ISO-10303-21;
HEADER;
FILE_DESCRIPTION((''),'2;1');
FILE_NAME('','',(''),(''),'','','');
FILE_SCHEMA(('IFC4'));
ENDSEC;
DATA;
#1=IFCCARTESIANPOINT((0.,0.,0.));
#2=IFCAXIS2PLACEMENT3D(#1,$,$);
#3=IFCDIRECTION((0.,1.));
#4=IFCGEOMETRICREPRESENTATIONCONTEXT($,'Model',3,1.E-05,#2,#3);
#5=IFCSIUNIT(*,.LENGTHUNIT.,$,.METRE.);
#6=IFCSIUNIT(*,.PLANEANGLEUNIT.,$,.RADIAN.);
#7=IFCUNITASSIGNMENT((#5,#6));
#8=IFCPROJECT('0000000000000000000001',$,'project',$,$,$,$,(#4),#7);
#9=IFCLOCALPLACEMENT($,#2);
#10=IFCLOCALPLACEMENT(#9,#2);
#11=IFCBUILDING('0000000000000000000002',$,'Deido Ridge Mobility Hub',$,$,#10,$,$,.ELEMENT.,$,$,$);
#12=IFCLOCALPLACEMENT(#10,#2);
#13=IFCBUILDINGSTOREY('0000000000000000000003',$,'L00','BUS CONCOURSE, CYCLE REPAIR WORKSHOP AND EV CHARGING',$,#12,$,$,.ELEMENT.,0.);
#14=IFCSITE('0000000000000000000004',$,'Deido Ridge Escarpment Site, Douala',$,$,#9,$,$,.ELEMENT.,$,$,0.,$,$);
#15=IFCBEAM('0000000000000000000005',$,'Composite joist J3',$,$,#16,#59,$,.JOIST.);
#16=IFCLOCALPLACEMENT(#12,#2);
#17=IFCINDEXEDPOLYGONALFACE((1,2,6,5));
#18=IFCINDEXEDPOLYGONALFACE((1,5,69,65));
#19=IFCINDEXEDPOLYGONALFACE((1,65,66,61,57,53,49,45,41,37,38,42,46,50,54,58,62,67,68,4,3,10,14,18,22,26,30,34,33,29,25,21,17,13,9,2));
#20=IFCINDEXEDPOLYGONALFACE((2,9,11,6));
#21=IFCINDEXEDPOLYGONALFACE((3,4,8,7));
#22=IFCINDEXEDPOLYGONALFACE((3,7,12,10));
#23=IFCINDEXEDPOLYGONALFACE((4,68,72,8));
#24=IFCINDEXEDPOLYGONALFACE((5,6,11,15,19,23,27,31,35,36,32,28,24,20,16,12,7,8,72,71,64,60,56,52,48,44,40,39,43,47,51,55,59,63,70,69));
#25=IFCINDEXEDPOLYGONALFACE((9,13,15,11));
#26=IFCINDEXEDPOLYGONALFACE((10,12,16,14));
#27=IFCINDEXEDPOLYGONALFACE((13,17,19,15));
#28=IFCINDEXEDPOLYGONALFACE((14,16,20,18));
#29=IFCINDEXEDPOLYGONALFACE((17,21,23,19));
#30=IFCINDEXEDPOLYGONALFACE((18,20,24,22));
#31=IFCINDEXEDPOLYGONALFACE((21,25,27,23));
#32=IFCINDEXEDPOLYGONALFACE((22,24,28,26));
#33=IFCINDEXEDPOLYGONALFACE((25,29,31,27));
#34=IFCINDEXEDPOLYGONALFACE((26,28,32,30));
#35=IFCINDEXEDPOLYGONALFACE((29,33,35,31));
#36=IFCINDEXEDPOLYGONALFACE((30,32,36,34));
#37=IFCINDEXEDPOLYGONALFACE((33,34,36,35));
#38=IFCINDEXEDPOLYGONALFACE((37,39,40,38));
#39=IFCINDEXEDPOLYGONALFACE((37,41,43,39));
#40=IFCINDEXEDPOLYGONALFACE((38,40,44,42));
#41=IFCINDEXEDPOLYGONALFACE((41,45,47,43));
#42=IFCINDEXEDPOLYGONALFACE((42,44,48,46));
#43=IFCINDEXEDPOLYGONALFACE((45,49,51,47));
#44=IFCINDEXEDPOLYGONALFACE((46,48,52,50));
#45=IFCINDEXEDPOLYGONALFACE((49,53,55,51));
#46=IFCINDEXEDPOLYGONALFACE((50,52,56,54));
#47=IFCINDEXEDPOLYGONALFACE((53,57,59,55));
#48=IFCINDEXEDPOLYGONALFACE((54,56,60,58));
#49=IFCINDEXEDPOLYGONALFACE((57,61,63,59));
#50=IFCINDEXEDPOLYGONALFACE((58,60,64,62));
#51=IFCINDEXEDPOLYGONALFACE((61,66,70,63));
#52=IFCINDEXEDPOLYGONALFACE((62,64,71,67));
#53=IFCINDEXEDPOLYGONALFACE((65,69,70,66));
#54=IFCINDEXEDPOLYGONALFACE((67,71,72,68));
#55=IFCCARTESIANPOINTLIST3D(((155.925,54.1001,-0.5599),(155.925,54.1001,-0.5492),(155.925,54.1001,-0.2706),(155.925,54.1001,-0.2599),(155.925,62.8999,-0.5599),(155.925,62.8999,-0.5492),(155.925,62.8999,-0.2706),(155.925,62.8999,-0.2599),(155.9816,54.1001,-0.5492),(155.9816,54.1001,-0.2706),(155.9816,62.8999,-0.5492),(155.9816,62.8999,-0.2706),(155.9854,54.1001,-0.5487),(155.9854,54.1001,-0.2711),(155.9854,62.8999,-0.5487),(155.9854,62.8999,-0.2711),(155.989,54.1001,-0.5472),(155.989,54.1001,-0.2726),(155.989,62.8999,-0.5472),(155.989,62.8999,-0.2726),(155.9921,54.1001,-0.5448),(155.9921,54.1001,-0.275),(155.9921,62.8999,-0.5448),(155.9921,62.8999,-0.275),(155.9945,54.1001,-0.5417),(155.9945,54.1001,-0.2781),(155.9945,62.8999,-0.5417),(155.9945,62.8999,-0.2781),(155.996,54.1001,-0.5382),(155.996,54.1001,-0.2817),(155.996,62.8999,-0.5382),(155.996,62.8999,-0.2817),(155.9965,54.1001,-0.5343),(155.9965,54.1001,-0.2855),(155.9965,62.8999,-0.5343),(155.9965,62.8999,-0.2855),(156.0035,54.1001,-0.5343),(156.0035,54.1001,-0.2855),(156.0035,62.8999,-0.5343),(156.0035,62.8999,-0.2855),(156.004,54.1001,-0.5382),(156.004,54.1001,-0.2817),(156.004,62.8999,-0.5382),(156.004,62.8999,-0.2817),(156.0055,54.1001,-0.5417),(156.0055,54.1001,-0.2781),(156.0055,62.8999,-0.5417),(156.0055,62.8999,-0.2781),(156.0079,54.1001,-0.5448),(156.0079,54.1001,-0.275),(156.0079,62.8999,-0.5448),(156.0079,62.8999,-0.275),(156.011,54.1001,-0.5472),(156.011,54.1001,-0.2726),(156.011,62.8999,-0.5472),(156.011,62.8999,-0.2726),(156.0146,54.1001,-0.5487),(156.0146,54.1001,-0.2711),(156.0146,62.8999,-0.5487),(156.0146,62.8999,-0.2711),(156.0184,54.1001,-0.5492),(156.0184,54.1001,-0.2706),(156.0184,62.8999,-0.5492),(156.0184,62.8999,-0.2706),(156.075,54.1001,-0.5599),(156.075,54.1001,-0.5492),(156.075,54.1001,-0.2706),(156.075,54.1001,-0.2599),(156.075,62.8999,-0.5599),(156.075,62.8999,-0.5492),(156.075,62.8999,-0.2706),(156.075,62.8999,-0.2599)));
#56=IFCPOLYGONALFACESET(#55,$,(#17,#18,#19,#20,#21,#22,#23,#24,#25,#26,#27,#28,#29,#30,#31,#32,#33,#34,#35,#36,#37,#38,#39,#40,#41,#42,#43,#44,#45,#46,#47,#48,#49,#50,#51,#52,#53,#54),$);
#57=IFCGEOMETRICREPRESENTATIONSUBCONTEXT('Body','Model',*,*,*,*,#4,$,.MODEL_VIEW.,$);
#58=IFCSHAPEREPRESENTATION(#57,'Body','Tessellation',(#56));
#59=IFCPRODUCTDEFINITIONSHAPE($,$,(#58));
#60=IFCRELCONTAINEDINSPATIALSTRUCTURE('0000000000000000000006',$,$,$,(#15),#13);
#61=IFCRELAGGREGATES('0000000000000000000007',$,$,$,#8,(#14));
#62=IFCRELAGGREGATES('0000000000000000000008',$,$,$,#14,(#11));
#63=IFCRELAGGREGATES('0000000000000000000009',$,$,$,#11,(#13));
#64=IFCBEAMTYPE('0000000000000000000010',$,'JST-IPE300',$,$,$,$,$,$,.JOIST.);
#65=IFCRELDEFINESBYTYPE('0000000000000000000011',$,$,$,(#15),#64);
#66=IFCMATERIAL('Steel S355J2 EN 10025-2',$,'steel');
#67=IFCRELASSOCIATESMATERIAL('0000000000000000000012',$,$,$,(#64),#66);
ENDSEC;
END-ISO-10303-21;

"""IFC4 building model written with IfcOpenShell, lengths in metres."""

from ifc_helpers import new_model, si_unit, direction, frame, origin, origin_2d, place, context, subcontext, project, spatial, i_section, extrude, material, material_profile, profile_set, type_object, element, save


model = new_model("IFC4")

# Units and contexts
model_context = context("Model", 3, precision=1e-05, world=origin(), true_north=direction((0.0, 1.0)))
body_context = subcontext(model_context, "Body", "Model", "MODEL_VIEW")
ifc_project = project(units=[si_unit("LENGTHUNIT", "METRE"), si_unit("PLANEANGLEUNIT", "RADIAN")], contexts=[model_context])

# Site, building, storey
site_placement = place(None, origin())
site = spatial("IfcSite", under=ifc_project, at=site_placement, Name="Deido Ridge Escarpment Site, Douala", CompositionType="ELEMENT", RefElevation=0.0)
building_placement = place(site_placement, origin())
building = spatial("IfcBuilding", under=site, at=building_placement, Name="Deido Ridge Mobility Hub", CompositionType="ELEMENT")
storey_placement = place(building_placement, origin())
storey = spatial("IfcBuildingStorey", under=building, at=storey_placement, Name="L00", Description="BUS CONCOURSE, CYCLE REPAIR WORKSHOP AND EV CHARGING", CompositionType="ELEMENT", Elevation=0.0)

# Shared definitions
ifc_material = material(Name="Steel S355J2 EN 10025-2", Category="steel")

# Beam
ifc_material_profile_1 = material_profile(ifc_material, i_section(OverallWidth=0.1499, OverallDepth=0.3, WebThickness=0.0071, FlangeThickness=0.0107, FilletRadius=0.0149, at=origin_2d()), Name="IPE 300")
ifc_profile_set_1 = profile_set([ifc_material_profile_1], Name="Steel S355J2 EN 10025-2")
beam_type_1 = type_object("IfcBeamType", Name="JST-IPE300", PredefinedType="JOIST", material=ifc_profile_set_1)
beam_1_placement = place(storey_placement, frame((156.0, 54.1001, -0.4099), z_axis=(0.0, 1.0, 0.0), x_axis=(-1.0, 0.0, 0.0)))
element("IfcBeam", 1, at=beam_1_placement, inside=storey, type_object=beam_type_1, Name="Composite joist J3", PredefinedType="JOIST", context=body_context, shape_type="SweptSolid", body=[
    extrude(i_section(OverallWidth=0.1499, OverallDepth=0.3, WebThickness=0.0071, FlangeThickness=0.0107, FilletRadius=0.0149, at=origin_2d()), origin(), (0.0, 0.0, 1.0), 8.7998),
])

save(model, "model.ifc")
